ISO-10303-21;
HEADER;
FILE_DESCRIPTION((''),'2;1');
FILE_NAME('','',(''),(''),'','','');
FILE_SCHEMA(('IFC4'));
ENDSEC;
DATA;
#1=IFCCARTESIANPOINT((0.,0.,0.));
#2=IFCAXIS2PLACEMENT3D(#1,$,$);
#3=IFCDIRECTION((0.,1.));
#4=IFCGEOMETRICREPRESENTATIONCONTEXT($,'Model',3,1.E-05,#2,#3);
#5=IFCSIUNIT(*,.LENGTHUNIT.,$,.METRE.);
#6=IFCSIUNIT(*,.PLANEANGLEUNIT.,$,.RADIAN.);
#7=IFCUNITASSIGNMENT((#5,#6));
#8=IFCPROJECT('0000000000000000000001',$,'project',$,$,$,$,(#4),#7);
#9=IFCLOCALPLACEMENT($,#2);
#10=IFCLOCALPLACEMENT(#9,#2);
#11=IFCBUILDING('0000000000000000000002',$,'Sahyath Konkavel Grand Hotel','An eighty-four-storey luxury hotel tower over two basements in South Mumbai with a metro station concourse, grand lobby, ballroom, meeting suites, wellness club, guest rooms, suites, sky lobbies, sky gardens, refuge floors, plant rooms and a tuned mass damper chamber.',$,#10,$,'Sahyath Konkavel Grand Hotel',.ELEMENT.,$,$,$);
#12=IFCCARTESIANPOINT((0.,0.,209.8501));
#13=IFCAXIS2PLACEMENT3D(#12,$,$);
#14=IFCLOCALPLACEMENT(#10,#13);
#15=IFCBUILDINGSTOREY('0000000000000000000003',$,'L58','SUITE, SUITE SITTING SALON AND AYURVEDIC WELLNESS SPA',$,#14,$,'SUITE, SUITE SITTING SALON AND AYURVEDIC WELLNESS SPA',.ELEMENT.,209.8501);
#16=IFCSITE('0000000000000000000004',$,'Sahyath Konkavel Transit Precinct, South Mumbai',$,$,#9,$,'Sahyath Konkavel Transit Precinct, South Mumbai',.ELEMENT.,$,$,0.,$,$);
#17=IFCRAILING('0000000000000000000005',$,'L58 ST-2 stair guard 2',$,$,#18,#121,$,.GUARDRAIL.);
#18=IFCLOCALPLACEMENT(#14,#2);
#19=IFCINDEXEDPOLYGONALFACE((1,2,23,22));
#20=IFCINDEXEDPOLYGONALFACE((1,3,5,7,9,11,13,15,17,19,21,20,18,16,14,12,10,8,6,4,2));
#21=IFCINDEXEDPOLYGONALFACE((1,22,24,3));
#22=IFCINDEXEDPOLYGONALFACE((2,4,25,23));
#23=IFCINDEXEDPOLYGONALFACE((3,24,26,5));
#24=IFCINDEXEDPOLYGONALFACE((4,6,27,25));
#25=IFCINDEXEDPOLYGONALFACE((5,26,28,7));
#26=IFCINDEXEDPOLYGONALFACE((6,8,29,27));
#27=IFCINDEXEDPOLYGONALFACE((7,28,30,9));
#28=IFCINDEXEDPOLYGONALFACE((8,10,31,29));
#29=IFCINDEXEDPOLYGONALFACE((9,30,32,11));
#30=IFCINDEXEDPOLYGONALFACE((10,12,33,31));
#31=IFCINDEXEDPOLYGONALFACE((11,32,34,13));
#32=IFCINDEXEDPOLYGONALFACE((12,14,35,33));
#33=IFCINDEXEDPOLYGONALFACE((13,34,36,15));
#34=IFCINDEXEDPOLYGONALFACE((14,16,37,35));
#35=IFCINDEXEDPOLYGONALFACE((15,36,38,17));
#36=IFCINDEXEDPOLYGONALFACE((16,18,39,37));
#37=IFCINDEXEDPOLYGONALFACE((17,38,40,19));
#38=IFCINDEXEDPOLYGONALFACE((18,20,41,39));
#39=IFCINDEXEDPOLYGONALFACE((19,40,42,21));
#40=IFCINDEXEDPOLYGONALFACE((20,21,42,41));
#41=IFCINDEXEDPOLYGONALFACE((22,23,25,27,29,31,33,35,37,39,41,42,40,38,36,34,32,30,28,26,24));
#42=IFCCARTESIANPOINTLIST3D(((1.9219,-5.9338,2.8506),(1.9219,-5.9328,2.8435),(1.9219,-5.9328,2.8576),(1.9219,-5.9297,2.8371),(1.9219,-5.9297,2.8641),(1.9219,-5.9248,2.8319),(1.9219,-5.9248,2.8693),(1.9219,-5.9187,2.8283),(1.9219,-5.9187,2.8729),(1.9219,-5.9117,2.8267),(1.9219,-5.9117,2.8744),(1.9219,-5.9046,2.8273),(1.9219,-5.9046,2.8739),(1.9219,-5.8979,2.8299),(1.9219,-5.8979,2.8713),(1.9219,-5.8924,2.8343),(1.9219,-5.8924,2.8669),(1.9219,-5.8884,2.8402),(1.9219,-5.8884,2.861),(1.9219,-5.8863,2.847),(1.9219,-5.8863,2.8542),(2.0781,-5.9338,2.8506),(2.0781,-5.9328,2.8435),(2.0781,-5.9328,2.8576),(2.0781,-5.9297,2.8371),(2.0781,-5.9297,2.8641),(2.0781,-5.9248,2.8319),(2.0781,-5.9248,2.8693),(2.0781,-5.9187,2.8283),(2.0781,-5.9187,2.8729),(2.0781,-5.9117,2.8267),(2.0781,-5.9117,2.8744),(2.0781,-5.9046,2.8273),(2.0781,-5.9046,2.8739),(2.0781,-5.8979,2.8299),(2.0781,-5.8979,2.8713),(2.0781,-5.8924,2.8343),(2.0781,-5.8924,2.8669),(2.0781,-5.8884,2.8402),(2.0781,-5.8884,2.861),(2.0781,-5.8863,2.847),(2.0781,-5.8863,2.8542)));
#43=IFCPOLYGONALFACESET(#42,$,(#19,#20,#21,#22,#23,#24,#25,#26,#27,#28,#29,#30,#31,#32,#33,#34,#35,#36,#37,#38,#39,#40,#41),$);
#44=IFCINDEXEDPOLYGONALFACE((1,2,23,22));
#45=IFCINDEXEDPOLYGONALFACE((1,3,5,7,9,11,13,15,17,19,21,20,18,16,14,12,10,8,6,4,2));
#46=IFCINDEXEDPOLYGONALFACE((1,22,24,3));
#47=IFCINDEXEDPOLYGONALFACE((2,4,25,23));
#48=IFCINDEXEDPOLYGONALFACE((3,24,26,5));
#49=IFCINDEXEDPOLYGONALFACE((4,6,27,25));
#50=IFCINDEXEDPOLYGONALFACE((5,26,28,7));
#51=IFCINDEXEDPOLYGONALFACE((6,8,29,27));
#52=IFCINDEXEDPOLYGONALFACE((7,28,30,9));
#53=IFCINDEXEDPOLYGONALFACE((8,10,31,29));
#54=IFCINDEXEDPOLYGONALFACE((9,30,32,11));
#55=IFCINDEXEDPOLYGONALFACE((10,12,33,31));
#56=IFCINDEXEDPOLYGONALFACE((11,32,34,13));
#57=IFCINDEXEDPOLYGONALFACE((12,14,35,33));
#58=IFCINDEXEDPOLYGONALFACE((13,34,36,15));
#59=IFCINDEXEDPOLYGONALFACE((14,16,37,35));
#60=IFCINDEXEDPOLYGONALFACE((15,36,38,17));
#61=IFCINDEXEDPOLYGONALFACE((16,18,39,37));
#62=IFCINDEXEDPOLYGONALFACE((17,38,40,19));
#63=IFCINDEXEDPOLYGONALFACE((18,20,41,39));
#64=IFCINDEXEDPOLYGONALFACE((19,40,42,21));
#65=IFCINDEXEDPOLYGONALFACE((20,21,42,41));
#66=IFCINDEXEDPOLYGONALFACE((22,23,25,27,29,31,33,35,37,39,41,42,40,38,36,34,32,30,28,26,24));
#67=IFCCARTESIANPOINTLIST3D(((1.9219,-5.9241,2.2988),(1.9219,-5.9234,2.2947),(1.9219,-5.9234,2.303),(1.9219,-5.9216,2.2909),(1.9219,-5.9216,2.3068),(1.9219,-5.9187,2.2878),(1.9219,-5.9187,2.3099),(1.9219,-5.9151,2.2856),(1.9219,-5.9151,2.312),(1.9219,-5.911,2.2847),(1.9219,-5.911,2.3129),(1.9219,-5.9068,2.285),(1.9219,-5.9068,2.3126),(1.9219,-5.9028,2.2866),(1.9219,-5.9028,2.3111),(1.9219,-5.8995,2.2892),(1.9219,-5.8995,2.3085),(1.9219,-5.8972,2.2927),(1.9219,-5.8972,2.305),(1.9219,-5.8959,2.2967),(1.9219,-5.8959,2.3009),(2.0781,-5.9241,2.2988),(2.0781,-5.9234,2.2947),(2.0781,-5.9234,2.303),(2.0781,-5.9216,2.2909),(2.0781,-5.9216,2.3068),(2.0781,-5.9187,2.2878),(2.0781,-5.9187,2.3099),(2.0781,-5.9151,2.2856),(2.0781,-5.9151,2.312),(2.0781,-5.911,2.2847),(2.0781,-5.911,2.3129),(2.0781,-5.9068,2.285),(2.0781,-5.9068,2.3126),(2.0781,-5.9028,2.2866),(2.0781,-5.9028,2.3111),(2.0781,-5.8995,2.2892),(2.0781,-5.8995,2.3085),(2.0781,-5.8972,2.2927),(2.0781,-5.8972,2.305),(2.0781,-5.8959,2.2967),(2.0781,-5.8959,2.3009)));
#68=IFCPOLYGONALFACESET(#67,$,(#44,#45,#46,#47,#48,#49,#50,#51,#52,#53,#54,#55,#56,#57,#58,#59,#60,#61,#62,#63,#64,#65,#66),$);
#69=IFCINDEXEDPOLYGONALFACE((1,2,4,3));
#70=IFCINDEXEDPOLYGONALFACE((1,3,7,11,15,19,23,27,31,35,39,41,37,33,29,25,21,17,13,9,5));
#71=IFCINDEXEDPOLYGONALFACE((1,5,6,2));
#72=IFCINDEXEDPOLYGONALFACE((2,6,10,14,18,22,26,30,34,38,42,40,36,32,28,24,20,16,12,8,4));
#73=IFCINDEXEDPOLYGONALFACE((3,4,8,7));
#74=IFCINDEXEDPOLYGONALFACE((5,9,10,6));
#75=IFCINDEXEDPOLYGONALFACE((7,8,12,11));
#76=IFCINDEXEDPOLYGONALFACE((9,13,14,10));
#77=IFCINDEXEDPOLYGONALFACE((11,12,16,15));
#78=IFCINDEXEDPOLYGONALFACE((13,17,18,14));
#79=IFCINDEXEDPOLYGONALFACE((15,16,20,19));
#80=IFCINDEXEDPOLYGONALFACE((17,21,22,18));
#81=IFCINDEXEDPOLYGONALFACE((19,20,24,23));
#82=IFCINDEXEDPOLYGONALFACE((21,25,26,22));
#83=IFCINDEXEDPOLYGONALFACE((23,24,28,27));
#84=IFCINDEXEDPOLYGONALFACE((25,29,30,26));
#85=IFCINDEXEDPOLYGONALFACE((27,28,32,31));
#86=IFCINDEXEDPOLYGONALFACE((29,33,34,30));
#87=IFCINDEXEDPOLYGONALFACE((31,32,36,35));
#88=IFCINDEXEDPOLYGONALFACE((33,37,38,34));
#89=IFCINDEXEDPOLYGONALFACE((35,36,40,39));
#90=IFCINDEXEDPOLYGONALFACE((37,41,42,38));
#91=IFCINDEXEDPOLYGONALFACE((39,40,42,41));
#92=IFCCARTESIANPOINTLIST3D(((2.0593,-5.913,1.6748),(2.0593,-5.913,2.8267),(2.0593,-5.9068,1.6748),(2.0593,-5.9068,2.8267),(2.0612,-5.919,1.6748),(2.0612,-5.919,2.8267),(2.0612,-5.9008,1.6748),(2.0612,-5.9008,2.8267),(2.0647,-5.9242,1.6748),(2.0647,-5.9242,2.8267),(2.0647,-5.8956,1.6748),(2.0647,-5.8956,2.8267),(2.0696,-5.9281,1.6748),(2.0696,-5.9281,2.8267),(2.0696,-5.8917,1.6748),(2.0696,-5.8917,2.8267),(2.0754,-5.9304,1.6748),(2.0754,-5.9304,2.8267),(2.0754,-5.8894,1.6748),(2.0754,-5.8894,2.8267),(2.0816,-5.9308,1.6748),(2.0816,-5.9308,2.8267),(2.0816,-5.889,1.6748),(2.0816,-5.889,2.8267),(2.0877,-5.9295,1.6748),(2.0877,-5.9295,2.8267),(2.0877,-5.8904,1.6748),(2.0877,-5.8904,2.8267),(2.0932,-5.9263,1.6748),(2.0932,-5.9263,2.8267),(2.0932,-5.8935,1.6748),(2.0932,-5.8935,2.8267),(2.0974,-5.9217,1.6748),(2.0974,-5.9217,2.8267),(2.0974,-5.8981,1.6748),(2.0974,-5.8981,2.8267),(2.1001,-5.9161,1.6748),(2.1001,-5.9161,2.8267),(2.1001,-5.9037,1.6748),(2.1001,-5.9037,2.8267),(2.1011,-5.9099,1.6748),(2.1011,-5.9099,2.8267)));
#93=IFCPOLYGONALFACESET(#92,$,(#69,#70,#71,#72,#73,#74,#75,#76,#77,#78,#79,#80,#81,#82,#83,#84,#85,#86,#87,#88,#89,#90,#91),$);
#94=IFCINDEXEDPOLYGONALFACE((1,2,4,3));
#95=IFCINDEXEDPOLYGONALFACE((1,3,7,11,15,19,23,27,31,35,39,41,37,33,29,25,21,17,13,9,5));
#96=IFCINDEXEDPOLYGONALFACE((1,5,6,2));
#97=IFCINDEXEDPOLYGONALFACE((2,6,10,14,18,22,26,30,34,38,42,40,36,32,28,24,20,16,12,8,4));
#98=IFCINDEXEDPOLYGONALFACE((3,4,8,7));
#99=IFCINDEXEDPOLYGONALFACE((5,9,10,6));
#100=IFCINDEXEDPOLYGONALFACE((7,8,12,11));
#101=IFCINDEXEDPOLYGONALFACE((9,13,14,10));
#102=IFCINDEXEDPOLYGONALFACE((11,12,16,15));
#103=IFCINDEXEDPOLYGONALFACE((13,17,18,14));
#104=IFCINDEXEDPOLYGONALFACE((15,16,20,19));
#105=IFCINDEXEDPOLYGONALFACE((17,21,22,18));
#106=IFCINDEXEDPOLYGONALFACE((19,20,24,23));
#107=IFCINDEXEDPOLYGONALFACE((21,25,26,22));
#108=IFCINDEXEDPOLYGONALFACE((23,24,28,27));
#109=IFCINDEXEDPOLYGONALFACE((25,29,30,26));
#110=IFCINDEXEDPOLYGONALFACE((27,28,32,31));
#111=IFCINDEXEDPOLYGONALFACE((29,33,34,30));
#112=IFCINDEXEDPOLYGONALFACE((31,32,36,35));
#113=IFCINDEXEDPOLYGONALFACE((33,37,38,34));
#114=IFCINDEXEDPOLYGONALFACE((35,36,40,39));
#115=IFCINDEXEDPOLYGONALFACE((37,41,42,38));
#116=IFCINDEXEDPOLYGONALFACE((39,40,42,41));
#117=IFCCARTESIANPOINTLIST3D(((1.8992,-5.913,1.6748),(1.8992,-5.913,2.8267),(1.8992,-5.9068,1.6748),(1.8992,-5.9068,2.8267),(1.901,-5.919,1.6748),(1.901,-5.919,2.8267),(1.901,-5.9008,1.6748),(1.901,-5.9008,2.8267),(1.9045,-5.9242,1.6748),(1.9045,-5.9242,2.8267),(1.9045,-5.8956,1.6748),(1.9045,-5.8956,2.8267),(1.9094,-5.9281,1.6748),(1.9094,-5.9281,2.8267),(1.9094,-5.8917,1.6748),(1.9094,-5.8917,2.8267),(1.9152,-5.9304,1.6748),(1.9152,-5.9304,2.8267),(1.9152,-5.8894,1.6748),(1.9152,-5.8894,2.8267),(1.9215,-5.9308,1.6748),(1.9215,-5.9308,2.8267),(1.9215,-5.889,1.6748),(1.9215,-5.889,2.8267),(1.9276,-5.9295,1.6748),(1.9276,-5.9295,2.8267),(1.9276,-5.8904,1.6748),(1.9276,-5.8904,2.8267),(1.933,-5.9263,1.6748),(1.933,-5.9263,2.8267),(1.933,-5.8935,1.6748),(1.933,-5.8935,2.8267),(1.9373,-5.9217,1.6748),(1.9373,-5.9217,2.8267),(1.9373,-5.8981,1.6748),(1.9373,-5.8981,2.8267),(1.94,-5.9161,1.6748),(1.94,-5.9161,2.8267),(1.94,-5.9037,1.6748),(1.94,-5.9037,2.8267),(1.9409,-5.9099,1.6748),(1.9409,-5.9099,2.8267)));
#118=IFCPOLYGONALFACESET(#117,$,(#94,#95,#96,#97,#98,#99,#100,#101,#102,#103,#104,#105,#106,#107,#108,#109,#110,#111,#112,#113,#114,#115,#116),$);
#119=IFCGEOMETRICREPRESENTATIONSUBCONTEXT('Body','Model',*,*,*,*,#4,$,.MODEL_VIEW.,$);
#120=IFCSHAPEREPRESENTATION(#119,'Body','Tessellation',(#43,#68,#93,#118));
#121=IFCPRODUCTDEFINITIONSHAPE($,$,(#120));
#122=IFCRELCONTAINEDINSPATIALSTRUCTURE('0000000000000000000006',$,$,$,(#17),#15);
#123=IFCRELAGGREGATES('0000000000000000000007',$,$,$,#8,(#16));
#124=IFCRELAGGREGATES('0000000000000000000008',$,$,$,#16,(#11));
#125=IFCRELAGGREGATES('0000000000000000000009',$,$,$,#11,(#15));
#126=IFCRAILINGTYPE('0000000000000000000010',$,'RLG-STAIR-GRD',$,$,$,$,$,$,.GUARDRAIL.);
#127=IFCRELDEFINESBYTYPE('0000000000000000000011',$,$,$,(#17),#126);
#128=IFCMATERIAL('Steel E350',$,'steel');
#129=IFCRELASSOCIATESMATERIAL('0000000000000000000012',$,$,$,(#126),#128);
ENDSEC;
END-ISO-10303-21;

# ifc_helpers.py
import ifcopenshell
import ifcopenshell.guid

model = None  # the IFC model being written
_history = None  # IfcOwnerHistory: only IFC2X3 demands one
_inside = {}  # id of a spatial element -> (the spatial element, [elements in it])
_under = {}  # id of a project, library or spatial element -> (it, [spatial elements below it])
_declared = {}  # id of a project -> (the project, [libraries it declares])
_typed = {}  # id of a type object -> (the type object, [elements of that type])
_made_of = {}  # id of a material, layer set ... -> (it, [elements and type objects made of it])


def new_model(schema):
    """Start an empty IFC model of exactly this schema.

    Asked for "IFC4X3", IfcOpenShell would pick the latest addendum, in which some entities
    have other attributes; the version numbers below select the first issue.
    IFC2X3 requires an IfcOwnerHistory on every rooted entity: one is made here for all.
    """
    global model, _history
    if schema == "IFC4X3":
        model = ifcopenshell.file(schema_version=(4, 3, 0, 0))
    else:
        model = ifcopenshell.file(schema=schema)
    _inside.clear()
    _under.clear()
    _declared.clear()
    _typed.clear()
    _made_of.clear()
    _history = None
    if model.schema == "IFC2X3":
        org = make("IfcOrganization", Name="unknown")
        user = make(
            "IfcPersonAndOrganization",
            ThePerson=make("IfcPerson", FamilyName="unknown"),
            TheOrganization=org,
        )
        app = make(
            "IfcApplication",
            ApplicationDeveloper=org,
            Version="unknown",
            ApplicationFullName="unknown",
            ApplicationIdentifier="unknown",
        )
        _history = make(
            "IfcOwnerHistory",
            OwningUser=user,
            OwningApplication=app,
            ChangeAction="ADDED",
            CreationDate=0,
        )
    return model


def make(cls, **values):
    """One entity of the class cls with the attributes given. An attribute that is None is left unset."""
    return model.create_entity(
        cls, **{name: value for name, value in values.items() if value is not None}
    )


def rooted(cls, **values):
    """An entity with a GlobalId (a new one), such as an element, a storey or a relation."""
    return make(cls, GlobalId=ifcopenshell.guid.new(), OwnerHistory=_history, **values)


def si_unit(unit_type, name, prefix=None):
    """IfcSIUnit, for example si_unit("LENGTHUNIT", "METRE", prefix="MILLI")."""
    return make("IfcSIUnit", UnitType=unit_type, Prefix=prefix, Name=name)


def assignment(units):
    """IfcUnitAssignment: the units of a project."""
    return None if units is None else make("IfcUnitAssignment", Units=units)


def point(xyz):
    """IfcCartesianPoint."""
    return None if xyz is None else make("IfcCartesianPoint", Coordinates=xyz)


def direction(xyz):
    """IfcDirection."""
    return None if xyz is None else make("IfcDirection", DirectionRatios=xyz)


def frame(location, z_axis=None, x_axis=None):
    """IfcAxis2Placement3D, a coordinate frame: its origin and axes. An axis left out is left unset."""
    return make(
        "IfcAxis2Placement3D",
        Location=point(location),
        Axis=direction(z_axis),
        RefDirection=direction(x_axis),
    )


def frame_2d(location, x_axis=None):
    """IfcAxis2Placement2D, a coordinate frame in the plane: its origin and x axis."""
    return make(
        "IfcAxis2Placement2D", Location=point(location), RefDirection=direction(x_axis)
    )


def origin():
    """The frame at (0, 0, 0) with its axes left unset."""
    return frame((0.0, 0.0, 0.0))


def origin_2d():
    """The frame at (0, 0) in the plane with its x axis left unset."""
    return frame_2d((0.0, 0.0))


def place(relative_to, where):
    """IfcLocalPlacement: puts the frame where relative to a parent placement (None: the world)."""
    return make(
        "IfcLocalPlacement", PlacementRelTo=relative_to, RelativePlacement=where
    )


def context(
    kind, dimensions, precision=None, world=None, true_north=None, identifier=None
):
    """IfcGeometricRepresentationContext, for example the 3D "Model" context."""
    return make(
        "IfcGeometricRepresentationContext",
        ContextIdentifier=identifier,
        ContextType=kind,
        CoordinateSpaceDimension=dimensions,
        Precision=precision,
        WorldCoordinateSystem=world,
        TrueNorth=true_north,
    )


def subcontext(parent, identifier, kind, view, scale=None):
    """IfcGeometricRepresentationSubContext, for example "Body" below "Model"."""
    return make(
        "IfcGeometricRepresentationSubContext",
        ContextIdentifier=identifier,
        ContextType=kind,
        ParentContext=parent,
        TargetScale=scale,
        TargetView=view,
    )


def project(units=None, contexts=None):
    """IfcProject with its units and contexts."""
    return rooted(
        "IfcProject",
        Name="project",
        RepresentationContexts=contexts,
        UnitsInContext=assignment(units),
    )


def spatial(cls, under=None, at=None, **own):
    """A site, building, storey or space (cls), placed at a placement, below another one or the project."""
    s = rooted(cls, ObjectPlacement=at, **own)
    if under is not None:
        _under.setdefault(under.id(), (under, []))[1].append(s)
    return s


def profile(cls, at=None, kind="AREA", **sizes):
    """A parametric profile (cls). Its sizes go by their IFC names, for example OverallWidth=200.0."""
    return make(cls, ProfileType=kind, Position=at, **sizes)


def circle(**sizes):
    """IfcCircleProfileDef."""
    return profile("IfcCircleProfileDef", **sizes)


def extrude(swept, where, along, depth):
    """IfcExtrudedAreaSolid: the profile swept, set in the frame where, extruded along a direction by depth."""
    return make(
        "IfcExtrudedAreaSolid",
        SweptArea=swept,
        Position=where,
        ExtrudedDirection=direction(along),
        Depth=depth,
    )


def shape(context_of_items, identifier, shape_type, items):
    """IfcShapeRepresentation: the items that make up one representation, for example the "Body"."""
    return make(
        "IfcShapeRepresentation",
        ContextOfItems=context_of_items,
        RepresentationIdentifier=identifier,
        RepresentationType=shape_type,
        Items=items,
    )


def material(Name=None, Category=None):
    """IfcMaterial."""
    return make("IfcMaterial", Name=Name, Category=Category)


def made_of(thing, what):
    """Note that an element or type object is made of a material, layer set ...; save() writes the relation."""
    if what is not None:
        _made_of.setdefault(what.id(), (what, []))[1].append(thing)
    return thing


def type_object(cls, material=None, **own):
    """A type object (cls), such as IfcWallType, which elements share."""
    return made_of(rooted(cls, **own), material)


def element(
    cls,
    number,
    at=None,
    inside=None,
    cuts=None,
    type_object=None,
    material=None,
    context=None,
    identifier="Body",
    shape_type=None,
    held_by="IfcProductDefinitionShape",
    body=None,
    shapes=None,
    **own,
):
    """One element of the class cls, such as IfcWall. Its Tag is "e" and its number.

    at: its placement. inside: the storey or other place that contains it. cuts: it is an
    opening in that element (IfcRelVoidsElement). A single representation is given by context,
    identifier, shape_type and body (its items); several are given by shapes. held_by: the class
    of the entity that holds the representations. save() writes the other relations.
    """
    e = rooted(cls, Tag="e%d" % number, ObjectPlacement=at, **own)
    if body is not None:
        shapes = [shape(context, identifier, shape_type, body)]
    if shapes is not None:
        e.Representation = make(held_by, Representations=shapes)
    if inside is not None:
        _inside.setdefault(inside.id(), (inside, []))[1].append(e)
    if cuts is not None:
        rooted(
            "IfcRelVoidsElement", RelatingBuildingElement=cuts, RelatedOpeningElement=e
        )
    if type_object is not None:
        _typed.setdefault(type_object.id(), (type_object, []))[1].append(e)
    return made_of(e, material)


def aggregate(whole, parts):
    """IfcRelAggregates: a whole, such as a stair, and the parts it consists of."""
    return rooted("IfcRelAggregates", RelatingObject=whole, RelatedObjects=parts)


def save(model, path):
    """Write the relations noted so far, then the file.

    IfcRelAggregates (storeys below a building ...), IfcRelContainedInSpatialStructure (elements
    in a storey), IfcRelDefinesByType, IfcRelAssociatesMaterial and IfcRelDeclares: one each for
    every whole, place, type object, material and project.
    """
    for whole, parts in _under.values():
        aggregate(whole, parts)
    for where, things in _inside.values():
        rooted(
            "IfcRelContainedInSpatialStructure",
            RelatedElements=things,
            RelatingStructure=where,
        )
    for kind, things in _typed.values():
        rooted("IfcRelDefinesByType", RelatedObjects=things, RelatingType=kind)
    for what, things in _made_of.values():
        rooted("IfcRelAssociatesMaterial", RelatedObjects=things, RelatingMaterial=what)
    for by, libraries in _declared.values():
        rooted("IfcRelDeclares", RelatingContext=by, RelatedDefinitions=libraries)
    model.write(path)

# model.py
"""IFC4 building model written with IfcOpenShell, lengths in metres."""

from ifc_helpers import new_model, si_unit, direction, frame, origin, origin_2d, place, context, subcontext, project, spatial, circle, extrude, material, type_object, element, save


model = new_model("IFC4")

# Units and contexts
model_context = context("Model", 3, precision=1e-05, world=origin(), true_north=direction((0.0, 1.0)))
body_context = subcontext(model_context, "Body", "Model", "MODEL_VIEW")
ifc_project = project(units=[si_unit("LENGTHUNIT", "METRE"), si_unit("PLANEANGLEUNIT", "RADIAN")], contexts=[model_context])

# Site, building, storey
site_placement = place(None, origin())
site = spatial("IfcSite", under=ifc_project, at=site_placement, Name="Sahyath Konkavel Transit Precinct, South Mumbai", LongName="Sahyath Konkavel Transit Precinct, South Mumbai", CompositionType="ELEMENT", RefElevation=0.0)
building_placement = place(site_placement, origin())
building = spatial("IfcBuilding", under=site, at=building_placement, Name="Sahyath Konkavel Grand Hotel", Description="An eighty-four-storey luxury hotel tower over two basements in South Mumbai with a metro station concourse, grand lobby, ballroom, meeting suites, wellness club, guest rooms, suites, sky lobbies, sky gardens, refuge floors, plant rooms and a tuned mass damper chamber.", LongName="Sahyath Konkavel Grand Hotel", CompositionType="ELEMENT")
storey_placement = place(building_placement, frame((0.0, 0.0, 209.8501)))
storey = spatial("IfcBuildingStorey", under=building, at=storey_placement, Name="L58", Description="SUITE, SUITE SITTING SALON AND AYURVEDIC WELLNESS SPA", LongName="SUITE, SUITE SITTING SALON AND AYURVEDIC WELLNESS SPA", CompositionType="ELEMENT", Elevation=209.8501)

# Shared definitions
ifc_material_1 = material(Name="Steel E350", Category="steel")

# Railing
railing_type_1 = type_object("IfcRailingType", Name="RLG-STAIR-GRD", PredefinedType="GUARDRAIL", material=ifc_material_1)
railing_1_placement = place(storey_placement, frame((2.0801, -5.9099, 1.6748)))
element("IfcRailing", 1, at=railing_1_placement, inside=storey, type_object=railing_type_1, Name="L58 ST-2 stair guard 2", PredefinedType="GUARDRAIL", context=body_context, shape_type="SweptSolid", body=[
    extrude(circle(Radius=0.0239, at=origin_2d()), frame((-0.002, 0.0, 1.1758), z_axis=(-1.0, 0.0, 0.0), x_axis=(0.0, -1.0, 0.0)), (0.0, 0.0, 1.0), 0.1562),
    extrude(circle(Radius=0.0142, at=origin_2d()), frame((-0.002, 0.0, 0.624), z_axis=(-1.0, 0.0, 0.0), x_axis=(0.0, -1.0, 0.0)), (0.0, 0.0, 1.0), 0.1562),
    extrude(circle(Radius=0.021, at=origin_2d()), origin(), (0.0, 0.0, 1.0), 1.1519),
    extrude(circle(Radius=0.021, at=origin_2d()), frame((-0.1602, 0.0, 0.0)), (0.0, 0.0, 1.0), 1.1519),
])

save(model, "model.ifc")
